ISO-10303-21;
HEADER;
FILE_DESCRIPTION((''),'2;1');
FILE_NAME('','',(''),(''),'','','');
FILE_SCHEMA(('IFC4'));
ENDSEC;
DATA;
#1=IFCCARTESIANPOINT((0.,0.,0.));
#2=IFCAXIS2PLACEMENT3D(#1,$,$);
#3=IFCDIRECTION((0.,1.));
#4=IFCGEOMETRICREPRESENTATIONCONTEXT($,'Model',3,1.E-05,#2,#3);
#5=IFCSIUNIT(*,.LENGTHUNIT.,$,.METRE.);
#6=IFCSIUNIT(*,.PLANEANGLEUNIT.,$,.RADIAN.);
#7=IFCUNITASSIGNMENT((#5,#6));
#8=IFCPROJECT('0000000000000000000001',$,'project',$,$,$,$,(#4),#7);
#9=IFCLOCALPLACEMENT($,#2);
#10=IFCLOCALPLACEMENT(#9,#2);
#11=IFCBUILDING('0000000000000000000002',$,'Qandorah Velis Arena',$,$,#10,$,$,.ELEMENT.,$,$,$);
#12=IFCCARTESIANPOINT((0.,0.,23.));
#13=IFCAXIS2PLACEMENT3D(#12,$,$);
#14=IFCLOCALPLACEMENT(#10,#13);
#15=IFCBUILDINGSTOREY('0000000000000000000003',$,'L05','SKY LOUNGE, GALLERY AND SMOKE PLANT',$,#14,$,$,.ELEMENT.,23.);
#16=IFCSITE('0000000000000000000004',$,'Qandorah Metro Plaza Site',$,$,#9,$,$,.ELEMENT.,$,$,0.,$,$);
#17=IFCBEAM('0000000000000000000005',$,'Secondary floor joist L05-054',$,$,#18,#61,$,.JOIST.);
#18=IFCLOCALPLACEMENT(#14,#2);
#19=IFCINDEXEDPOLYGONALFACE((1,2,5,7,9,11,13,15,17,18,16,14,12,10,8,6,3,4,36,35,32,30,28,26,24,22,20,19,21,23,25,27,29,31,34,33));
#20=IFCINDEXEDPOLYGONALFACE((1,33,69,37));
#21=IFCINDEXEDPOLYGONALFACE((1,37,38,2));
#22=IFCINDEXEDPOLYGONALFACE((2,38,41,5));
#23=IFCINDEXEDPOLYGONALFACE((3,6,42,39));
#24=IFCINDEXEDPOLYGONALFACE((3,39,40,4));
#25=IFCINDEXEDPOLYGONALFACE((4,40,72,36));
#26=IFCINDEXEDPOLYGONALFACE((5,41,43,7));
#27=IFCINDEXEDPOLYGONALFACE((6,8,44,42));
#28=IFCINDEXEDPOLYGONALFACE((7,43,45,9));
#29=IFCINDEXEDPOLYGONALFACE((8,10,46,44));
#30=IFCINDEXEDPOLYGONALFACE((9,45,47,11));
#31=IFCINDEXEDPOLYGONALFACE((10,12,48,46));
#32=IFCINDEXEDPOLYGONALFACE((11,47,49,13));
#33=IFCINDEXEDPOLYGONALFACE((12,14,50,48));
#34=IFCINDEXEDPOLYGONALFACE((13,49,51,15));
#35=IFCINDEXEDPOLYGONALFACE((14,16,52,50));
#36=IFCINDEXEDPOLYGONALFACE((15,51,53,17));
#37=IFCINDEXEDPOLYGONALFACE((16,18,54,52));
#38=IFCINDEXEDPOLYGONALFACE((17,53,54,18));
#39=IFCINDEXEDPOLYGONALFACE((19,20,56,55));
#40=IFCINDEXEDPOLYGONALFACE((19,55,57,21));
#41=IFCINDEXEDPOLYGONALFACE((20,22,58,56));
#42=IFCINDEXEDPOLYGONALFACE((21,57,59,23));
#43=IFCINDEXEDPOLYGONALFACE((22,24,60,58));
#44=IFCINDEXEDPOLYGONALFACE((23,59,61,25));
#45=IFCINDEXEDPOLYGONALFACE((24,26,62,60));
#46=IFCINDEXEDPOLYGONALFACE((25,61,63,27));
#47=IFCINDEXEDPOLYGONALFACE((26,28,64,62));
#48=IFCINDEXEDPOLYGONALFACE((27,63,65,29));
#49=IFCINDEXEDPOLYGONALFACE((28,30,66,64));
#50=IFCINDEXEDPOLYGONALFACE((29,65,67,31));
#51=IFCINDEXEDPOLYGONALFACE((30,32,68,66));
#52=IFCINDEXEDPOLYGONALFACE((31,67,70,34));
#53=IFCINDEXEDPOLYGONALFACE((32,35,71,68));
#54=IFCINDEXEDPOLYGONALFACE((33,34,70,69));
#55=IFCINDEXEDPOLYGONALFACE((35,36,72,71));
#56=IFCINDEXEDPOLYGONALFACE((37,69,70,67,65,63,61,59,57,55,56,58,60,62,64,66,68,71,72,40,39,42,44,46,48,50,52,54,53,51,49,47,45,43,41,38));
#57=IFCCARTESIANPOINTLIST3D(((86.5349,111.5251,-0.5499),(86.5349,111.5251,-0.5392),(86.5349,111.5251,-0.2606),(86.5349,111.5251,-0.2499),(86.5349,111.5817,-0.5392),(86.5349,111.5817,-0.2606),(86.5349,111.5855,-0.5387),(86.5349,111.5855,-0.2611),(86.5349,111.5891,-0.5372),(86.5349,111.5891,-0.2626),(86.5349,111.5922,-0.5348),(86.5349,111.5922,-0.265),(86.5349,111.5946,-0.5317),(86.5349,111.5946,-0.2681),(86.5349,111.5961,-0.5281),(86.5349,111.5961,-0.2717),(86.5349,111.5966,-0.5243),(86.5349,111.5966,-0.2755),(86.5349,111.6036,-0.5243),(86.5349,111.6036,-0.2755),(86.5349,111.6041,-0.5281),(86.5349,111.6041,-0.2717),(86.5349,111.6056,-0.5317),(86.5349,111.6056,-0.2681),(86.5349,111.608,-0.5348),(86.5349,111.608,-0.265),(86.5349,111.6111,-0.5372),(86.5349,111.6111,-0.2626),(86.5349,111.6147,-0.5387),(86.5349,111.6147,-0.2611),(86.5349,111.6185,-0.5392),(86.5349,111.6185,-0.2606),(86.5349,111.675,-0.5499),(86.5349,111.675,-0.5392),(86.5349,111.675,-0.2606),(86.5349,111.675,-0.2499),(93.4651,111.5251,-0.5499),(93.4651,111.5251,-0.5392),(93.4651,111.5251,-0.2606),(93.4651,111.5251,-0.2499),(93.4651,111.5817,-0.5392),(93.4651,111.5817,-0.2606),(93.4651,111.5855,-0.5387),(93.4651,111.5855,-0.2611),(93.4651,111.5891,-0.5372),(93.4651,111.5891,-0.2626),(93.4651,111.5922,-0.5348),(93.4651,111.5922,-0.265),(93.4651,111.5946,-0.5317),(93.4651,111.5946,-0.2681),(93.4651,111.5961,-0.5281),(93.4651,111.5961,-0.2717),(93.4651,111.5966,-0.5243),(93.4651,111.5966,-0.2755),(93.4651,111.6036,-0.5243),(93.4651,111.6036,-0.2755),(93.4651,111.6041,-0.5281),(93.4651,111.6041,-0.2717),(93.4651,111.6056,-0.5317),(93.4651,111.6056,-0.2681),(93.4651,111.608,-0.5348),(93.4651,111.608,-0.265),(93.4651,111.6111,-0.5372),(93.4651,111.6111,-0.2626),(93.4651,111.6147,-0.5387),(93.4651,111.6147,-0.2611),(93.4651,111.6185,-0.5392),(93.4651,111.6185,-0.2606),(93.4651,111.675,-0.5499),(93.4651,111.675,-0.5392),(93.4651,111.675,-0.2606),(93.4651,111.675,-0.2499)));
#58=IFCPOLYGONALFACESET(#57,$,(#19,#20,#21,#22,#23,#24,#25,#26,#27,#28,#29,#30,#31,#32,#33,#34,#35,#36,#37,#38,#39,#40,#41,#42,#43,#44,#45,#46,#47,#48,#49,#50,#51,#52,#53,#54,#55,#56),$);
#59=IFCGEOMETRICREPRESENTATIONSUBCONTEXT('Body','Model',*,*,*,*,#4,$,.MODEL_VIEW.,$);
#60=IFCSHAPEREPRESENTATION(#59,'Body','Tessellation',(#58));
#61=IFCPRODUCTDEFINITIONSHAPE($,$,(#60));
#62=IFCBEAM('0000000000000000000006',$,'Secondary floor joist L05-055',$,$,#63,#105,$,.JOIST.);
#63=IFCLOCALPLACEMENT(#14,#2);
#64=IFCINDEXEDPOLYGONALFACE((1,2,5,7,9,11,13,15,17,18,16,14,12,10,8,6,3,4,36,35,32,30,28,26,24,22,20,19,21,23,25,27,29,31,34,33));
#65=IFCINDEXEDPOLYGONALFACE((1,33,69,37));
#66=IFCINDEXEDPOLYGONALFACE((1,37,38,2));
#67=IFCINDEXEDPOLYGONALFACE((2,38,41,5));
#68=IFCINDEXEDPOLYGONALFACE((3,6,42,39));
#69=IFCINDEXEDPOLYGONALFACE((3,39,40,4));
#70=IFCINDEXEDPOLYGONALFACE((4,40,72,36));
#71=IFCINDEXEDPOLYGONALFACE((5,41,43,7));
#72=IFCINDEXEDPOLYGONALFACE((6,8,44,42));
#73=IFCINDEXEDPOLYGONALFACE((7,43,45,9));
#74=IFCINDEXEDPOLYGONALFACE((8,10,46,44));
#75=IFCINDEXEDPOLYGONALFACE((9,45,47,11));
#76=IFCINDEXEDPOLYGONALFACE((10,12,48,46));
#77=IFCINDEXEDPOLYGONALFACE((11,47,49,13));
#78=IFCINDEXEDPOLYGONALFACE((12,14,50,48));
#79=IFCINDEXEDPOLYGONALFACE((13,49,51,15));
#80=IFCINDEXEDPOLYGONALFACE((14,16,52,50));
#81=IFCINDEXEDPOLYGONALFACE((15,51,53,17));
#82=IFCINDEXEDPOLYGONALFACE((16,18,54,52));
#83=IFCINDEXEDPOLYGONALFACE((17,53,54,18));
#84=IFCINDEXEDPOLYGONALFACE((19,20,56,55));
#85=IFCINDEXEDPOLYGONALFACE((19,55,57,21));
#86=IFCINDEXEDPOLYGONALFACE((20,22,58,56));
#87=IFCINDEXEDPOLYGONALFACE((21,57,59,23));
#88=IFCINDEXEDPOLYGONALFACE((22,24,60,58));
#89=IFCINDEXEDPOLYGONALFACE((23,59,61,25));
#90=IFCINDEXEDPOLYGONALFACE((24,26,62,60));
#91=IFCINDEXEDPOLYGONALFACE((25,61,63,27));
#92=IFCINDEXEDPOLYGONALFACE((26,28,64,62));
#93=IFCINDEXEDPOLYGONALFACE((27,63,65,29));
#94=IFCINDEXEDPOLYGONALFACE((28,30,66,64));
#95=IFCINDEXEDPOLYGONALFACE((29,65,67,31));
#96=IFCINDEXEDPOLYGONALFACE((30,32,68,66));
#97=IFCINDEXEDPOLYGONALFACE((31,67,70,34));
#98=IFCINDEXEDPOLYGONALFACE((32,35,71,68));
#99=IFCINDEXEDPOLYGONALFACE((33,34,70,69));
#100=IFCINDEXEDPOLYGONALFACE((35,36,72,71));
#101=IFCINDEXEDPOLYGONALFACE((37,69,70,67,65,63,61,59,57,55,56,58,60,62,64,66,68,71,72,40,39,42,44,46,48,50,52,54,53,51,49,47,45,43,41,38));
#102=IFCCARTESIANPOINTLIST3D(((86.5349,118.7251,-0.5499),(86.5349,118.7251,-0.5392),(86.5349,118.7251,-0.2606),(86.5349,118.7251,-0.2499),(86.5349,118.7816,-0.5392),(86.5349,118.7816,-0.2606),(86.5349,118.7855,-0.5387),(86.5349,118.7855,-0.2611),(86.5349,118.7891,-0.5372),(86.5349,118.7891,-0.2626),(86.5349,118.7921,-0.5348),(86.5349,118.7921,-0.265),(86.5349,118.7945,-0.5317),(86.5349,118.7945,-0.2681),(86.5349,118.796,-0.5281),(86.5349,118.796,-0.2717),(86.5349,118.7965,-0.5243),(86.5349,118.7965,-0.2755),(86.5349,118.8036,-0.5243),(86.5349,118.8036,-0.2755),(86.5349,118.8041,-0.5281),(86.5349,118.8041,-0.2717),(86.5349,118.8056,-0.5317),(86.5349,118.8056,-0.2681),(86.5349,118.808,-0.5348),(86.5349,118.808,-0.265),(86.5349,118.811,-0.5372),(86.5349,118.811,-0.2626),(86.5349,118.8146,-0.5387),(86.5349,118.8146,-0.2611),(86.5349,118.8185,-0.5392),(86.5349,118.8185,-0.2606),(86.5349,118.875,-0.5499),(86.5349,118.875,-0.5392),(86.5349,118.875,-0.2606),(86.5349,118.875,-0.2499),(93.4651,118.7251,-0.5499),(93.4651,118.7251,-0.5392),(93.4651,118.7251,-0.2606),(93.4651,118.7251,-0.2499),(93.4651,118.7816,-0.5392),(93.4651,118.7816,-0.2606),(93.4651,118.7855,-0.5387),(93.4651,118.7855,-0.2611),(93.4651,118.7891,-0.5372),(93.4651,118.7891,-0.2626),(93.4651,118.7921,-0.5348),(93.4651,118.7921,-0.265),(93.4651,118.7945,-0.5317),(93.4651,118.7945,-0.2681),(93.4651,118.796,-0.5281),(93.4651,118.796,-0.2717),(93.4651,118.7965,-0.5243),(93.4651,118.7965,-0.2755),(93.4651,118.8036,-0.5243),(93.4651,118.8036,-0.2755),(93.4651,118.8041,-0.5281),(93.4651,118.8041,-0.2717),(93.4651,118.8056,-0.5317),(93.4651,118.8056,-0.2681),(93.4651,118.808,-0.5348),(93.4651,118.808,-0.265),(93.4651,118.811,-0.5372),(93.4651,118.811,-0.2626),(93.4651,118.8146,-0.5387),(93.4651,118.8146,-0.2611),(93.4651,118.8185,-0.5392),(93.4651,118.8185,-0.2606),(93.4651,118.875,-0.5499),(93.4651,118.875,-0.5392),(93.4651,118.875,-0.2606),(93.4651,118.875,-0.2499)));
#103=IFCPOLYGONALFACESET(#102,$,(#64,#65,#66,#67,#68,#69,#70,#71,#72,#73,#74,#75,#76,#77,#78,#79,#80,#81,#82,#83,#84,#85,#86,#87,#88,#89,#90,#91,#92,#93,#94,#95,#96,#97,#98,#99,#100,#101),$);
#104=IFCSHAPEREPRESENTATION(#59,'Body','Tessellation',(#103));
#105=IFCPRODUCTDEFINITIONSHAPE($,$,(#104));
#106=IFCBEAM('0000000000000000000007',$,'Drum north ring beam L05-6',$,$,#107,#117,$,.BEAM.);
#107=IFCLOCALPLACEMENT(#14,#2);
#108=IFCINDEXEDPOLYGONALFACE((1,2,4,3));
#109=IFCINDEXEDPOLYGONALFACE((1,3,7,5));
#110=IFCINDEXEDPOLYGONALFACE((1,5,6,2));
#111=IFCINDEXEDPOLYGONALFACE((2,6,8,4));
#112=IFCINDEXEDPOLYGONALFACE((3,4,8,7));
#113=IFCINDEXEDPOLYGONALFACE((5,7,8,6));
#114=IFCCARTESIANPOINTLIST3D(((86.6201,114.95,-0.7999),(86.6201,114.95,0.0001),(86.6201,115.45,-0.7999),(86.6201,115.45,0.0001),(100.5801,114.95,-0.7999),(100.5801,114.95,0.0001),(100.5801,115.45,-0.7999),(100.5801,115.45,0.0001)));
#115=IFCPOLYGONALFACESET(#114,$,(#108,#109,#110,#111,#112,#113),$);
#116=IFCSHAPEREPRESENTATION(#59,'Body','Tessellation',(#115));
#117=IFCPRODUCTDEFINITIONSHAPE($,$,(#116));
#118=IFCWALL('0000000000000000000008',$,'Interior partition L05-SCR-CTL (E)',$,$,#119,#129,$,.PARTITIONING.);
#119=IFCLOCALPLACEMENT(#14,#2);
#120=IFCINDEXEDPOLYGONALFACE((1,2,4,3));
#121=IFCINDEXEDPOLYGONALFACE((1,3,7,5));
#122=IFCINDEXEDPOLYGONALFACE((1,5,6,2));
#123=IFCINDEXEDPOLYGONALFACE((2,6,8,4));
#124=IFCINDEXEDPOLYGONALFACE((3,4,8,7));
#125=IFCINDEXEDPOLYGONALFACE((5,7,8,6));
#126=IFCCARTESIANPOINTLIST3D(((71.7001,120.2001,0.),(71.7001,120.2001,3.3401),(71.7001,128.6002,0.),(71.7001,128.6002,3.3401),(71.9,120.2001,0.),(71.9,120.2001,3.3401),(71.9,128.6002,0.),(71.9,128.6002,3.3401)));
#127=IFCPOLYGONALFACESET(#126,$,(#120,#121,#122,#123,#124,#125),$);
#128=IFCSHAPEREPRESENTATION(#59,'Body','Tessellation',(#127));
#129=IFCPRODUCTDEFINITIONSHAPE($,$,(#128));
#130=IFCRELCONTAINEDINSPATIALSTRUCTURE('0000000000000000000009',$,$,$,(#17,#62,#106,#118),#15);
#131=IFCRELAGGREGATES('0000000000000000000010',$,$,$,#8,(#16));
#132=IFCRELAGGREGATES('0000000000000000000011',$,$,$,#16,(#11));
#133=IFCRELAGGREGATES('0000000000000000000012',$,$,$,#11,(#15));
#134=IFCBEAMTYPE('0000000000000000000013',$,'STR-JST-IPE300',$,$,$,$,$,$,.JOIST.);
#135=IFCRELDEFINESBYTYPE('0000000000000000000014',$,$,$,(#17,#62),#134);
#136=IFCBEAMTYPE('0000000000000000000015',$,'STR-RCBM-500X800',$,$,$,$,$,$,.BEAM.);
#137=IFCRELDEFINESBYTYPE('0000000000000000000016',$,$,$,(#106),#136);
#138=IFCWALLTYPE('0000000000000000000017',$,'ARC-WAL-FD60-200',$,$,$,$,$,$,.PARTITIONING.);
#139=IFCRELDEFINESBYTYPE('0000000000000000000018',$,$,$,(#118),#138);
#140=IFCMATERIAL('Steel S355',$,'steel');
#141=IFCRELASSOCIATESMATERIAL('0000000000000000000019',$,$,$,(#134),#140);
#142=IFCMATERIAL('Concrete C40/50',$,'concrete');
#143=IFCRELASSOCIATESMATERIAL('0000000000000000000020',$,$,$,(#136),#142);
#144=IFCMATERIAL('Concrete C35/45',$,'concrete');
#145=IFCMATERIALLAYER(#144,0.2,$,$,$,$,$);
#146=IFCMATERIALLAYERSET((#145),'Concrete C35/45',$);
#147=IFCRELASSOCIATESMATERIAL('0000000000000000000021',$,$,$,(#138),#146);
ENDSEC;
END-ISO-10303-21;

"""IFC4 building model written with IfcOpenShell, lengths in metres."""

from ifc_helpers import new_model, si_unit, direction, frame, frame_2d, origin, origin_2d, place, context, subcontext, project, spatial, rectangle, i_section, extrude, material, layer, layer_set, material_profile, profile_set, type_object, element, save


model = new_model("IFC4")

# Units and contexts
model_context = context("Model", 3, precision=1e-05, world=origin(), true_north=direction((0.0, 1.0)))
body_context = subcontext(model_context, "Body", "Model", "MODEL_VIEW")
ifc_project = project(units=[si_unit("LENGTHUNIT", "METRE"), si_unit("PLANEANGLEUNIT", "RADIAN")], contexts=[model_context])

# Site, building, storey
site_placement = place(None, origin())
site = spatial("IfcSite", under=ifc_project, at=site_placement, Name="Qandorah Metro Plaza Site", CompositionType="ELEMENT", RefElevation=0.0)
building_placement = place(site_placement, origin())
building = spatial("IfcBuilding", under=site, at=building_placement, Name="Qandorah Velis Arena", CompositionType="ELEMENT")
storey_placement = place(building_placement, frame((0.0, 0.0, 23.0)))
storey = spatial("IfcBuildingStorey", under=building, at=storey_placement, Name="L05", Description="SKY LOUNGE, GALLERY AND SMOKE PLANT", CompositionType="ELEMENT", Elevation=23.0)

# Shared definitions
ifc_material_1 = material(Name="Concrete C40/50", Category="concrete")

# Beams
ifc_material_2 = material(Name="Steel S355", Category="steel")
ifc_material_profile_1 = material_profile(ifc_material_2, i_section(OverallWidth=0.1499, OverallDepth=0.3, WebThickness=0.0071, FlangeThickness=0.0107, FilletRadius=0.0149, at=origin_2d()), Name="IPE 300")
ifc_profile_set_1 = profile_set([ifc_material_profile_1], Name="Steel S355")
beam_type_1 = type_object("IfcBeamType", Name="STR-JST-IPE300", PredefinedType="JOIST", material=ifc_profile_set_1)
for number, where, z_axis, x_axis, name in (
    (1, (86.5349, 111.6001, -0.3999), (1.0, 0.0, 0.0), (0.0, 1.0, 0.0), "Secondary floor joist L05-054"),
    (2, (86.5349, 118.8, -0.3999), (1.0, 0.0, 0.0), (0.0, 1.0, 0.0), "Secondary floor joist L05-055"),
):
    element("IfcBeam", number, at=place(storey_placement, frame(where, z_axis=z_axis, x_axis=x_axis)), inside=storey, type_object=beam_type_1, Name=name, PredefinedType="JOIST", context=body_context, shape_type="SweptSolid", body=[
        extrude(i_section(OverallWidth=0.1499, OverallDepth=0.3, WebThickness=0.0071, FlangeThickness=0.0107, FilletRadius=0.0149, at=origin_2d()), origin(), (0.0, 0.0, 1.0), 6.9302),
    ])
ifc_material_profile_2 = material_profile(ifc_material_1, rectangle(XDim=0.5, YDim=0.8, at=origin_2d()), Name="RC BM 500x800")
ifc_profile_set_2 = profile_set([ifc_material_profile_2], Name="Concrete C40/50")
beam_type_2 = type_object("IfcBeamType", Name="STR-RCBM-500X800", PredefinedType="BEAM", material=ifc_profile_set_2)
beam_1_placement = place(storey_placement, frame((86.6201, 115.2, -0.3999), z_axis=(1.0, 0.0, 0.0), x_axis=(0.0, 1.0, 0.0)))
element("IfcBeam", 3, at=beam_1_placement, inside=storey, type_object=beam_type_2, Name="Drum north ring beam L05-6", PredefinedType="BEAM", context=body_context, shape_type="SweptSolid", body=[
    extrude(rectangle(XDim=0.5, YDim=0.8, at=origin_2d()), origin(), (0.0, 0.0, 1.0), 13.96),
])

# Wall
ifc_material_3 = material(Name="Concrete C35/45", Category="concrete")
ifc_layer = layer(ifc_material_3, 0.2)
ifc_layer_set = layer_set([ifc_layer], Name="Concrete C35/45")
wall_type = type_object("IfcWallType", Name="ARC-WAL-FD60-200", PredefinedType="PARTITIONING", material=ifc_layer_set)
wall_placement = place(storey_placement, frame((71.8, 120.2, 0.0), z_axis=(0.0, 0.0, 1.0), x_axis=(0.0, 1.0, 0.0)))
element("IfcWall", 4, at=wall_placement, inside=storey, type_object=wall_type, Name="Interior partition L05-SCR-CTL (E)", PredefinedType="PARTITIONING", context=body_context, shape_type="SweptSolid", body=[
    extrude(rectangle(XDim=8.4001, YDim=0.2, at=frame_2d((4.2002, 0.0))), origin(), (0.0, 0.0, 1.0), 3.3401),
])

save(model, "model.ifc")
